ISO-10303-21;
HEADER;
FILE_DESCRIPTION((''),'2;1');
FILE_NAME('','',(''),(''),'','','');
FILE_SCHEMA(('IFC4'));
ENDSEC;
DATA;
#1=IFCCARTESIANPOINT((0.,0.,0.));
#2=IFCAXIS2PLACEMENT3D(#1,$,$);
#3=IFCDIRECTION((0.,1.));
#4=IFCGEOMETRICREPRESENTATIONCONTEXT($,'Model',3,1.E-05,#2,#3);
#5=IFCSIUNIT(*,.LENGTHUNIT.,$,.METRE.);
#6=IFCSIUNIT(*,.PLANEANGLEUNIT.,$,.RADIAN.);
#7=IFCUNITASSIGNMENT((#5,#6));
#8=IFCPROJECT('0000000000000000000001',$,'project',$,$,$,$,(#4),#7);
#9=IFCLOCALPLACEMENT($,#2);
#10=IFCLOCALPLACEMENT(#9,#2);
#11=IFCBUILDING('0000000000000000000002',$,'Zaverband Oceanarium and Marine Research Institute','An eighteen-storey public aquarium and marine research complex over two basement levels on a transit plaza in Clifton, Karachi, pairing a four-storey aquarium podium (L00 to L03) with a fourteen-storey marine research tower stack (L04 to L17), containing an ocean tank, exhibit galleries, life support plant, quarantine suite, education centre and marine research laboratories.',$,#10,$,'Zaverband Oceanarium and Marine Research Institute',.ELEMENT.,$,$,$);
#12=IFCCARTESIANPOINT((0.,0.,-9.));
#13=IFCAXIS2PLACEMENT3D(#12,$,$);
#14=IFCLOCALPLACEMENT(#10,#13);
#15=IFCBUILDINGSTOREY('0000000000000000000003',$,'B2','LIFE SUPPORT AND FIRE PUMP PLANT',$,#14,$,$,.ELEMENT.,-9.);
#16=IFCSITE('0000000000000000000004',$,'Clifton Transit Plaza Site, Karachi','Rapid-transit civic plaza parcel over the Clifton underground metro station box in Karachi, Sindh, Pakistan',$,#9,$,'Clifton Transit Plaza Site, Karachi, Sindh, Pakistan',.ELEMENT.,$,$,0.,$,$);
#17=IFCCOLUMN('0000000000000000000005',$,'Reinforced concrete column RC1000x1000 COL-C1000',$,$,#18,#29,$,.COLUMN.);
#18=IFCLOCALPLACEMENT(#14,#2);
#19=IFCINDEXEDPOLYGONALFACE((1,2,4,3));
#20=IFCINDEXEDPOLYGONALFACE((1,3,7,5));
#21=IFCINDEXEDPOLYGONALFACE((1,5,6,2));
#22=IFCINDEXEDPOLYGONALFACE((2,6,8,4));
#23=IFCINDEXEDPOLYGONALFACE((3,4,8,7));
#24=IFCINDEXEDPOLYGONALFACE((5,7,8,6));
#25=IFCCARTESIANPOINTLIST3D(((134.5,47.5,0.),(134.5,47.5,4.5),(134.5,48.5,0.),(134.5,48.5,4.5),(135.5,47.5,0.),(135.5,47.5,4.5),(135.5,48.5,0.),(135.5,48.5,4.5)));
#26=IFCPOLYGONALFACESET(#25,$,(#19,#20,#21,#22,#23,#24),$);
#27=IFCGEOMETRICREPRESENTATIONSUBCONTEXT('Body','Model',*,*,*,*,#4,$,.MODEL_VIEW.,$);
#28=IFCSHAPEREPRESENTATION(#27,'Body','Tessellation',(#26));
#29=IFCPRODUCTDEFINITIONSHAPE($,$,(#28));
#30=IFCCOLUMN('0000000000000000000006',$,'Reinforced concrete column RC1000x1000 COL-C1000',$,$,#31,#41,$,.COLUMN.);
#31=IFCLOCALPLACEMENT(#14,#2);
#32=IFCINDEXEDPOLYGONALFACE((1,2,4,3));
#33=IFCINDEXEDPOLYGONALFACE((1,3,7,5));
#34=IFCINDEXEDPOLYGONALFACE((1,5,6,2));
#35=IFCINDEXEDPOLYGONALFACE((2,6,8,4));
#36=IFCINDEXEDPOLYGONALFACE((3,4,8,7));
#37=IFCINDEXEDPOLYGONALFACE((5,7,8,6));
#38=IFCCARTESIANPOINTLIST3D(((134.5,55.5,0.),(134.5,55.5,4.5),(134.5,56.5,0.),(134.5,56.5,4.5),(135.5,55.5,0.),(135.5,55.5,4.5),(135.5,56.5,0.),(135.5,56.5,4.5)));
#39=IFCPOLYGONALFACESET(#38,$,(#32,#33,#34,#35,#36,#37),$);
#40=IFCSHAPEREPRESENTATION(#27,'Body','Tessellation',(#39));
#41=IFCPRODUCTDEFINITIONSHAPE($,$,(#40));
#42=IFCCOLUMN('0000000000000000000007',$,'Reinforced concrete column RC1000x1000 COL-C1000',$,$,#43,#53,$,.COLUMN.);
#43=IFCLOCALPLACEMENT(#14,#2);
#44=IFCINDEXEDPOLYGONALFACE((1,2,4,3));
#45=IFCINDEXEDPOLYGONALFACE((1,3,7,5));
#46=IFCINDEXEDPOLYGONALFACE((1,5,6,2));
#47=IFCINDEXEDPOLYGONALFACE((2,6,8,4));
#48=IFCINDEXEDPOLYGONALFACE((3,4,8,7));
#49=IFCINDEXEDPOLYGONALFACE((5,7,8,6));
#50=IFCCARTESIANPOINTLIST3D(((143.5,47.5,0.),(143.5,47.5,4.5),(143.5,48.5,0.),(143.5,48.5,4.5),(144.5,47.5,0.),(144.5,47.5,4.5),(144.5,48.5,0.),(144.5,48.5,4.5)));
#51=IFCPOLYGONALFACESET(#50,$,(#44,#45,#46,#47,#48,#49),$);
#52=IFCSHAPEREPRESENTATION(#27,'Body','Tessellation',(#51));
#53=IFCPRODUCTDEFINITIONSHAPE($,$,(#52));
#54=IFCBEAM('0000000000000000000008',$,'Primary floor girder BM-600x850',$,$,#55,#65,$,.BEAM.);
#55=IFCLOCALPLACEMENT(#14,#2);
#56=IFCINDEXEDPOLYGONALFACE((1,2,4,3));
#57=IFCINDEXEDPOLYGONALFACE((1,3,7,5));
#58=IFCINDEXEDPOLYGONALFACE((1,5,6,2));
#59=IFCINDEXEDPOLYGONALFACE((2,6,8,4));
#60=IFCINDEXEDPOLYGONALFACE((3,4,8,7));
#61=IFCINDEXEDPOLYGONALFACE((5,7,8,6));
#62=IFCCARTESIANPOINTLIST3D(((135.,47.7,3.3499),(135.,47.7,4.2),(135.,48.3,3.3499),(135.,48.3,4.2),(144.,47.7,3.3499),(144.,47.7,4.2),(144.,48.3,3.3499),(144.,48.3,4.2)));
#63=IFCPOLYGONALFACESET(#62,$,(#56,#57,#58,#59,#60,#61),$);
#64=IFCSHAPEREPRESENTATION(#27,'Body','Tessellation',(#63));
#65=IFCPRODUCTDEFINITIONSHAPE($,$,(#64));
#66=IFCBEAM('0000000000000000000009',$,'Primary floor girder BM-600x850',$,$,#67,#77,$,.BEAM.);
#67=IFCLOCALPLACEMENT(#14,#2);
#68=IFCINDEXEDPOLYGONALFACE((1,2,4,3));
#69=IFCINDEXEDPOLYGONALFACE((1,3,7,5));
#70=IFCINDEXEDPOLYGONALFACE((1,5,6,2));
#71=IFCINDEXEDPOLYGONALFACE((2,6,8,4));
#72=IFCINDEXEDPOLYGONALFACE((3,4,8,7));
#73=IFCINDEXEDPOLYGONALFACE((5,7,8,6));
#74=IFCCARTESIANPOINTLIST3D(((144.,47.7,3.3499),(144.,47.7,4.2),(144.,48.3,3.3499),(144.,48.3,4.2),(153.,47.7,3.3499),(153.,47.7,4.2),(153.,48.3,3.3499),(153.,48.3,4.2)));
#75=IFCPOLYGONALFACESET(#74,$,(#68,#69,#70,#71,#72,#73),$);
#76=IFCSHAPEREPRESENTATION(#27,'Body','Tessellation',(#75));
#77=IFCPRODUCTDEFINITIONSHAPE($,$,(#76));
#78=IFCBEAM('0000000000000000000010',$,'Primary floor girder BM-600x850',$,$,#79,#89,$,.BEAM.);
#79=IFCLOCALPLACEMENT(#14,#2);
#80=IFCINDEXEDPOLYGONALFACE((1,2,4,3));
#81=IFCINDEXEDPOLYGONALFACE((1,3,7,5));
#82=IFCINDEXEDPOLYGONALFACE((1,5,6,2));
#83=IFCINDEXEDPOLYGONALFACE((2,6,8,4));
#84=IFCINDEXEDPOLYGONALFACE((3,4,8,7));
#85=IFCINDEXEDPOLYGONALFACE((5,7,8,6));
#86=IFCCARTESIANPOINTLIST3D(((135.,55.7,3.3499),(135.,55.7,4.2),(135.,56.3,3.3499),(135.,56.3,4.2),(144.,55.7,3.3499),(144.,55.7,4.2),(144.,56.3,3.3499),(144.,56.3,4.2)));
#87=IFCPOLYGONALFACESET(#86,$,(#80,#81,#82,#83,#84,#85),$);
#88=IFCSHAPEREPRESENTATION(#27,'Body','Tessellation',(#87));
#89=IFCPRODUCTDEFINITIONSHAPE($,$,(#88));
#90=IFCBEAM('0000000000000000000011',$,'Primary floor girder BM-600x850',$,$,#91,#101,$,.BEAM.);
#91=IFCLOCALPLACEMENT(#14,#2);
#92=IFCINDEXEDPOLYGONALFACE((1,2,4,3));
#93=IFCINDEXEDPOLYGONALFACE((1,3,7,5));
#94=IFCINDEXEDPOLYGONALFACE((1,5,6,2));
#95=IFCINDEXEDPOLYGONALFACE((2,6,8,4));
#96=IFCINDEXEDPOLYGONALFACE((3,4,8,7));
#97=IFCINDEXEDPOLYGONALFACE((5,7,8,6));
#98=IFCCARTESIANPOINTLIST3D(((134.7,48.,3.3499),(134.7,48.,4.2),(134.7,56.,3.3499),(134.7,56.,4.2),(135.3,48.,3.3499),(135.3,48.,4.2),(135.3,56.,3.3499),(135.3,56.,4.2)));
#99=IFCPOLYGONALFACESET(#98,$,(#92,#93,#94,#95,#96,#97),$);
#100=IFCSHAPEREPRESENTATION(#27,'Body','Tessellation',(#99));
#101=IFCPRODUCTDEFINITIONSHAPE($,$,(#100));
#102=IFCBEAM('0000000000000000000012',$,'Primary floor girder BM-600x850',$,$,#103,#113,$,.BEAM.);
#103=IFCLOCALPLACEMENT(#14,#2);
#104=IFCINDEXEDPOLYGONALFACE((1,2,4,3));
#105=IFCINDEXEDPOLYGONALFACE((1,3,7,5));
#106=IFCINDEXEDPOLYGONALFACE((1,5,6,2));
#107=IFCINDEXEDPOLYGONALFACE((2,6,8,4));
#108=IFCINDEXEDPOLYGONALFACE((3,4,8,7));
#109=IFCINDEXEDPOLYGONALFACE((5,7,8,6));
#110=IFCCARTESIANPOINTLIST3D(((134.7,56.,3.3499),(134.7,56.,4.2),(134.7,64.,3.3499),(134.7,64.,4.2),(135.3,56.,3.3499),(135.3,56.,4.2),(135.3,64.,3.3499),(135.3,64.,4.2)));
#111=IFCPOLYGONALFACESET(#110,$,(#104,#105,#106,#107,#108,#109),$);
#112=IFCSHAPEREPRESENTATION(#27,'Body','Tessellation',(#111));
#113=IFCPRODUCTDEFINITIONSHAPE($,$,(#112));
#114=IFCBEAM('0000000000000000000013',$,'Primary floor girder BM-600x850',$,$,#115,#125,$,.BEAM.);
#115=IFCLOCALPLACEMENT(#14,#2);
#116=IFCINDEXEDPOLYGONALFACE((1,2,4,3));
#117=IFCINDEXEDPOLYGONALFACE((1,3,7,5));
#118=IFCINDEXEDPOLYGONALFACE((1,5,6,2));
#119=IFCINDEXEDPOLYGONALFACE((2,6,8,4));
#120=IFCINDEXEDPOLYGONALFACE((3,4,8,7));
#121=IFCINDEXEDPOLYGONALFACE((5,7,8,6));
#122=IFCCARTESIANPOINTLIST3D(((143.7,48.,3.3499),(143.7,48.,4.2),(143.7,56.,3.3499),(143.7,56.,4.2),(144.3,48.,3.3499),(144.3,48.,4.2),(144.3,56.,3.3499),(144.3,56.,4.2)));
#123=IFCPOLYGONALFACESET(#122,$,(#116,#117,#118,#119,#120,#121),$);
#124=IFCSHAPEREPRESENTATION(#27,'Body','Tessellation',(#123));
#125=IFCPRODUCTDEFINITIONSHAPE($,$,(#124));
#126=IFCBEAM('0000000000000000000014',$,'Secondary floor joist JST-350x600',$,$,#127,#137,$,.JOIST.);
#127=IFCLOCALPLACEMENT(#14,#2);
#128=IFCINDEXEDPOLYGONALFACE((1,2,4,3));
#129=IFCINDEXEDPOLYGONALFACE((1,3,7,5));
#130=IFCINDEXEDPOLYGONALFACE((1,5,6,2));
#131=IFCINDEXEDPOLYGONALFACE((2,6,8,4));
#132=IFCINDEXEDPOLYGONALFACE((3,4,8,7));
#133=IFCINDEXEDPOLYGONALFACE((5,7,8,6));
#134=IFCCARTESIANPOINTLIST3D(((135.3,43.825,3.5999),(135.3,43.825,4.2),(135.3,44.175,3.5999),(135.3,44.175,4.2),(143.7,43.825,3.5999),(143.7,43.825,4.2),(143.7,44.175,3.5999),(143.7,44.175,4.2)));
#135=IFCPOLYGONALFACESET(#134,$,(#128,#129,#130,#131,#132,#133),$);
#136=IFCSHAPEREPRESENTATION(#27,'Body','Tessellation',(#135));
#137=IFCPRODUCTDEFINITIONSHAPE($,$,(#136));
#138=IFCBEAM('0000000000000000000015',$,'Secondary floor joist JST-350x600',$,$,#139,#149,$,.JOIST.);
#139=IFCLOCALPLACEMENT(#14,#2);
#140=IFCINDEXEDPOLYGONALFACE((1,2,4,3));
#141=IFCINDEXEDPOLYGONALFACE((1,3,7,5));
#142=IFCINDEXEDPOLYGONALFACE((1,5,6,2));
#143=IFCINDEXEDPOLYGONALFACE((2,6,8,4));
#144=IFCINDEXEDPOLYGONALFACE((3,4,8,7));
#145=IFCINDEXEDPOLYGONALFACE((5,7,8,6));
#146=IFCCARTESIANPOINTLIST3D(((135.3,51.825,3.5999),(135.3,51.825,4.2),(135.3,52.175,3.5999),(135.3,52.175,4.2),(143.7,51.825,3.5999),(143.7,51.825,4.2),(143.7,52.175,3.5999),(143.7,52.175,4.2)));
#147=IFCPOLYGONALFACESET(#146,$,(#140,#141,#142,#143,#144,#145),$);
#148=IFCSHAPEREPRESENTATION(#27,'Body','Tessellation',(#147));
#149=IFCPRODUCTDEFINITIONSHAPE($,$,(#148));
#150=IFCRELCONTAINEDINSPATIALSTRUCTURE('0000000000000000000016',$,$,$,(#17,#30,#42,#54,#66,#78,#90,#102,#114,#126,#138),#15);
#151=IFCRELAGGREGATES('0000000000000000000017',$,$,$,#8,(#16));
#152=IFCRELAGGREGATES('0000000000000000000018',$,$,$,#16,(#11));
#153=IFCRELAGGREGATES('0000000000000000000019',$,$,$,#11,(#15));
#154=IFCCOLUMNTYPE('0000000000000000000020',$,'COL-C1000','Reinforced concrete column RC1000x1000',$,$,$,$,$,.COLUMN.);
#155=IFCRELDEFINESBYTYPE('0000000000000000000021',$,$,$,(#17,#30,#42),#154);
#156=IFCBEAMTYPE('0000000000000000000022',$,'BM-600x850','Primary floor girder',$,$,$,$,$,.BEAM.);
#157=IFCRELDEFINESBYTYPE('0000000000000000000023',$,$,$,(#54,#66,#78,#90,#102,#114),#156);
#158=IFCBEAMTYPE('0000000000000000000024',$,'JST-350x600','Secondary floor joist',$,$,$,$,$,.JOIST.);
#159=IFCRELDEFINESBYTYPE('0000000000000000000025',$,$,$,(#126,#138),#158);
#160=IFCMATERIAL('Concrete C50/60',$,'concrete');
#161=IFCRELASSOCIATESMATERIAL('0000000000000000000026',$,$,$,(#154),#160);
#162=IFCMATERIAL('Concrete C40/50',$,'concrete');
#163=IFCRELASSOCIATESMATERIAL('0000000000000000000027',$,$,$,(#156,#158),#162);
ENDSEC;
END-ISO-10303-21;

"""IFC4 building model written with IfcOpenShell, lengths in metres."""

from ifc_helpers import new_model, si_unit, direction, frame, origin, origin_2d, place, context, subcontext, project, spatial, rectangle, extrude, material, material_profile, profile_set, type_object, element, save


model = new_model("IFC4")

# Units and contexts
model_context = context("Model", 3, precision=1e-05, world=origin(), true_north=direction((0.0, 1.0)))
body_context = subcontext(model_context, "Body", "Model", "MODEL_VIEW")
ifc_project = project(units=[si_unit("LENGTHUNIT", "METRE"), si_unit("PLANEANGLEUNIT", "RADIAN")], contexts=[model_context])

# Site, building, storey
site_placement = place(None, origin())
site = spatial("IfcSite", under=ifc_project, at=site_placement, Name="Clifton Transit Plaza Site, Karachi", Description="Rapid-transit civic plaza parcel over the Clifton underground metro station box in Karachi, Sindh, Pakistan", LongName="Clifton Transit Plaza Site, Karachi, Sindh, Pakistan", CompositionType="ELEMENT", RefElevation=0.0)
building_placement = place(site_placement, origin())
building = spatial("IfcBuilding", under=site, at=building_placement, Name="Zaverband Oceanarium and Marine Research Institute", Description="An eighteen-storey public aquarium and marine research complex over two basement levels on a transit plaza in Clifton, Karachi, pairing a four-storey aquarium podium (L00 to L03) with a fourteen-storey marine research tower stack (L04 to L17), containing an ocean tank, exhibit galleries, life support plant, quarantine suite, education centre and marine research laboratories.", LongName="Zaverband Oceanarium and Marine Research Institute", CompositionType="ELEMENT")
storey_placement = place(building_placement, frame((0.0, 0.0, -9.0)))
storey = spatial("IfcBuildingStorey", under=building, at=storey_placement, Name="B2", Description="LIFE SUPPORT AND FIRE PUMP PLANT", CompositionType="ELEMENT", Elevation=-9.0)

# Shared definitions
ifc_material_1 = material(Name="Concrete C50/60", Category="concrete")

# Columns
ifc_material_profile_1 = material_profile(ifc_material_1, rectangle(XDim=1.0, YDim=1.0, at=origin_2d()), Name="RC1000x1000")
ifc_profile_set_1 = profile_set([ifc_material_profile_1], Name="Concrete C50/60")
column_type = type_object("IfcColumnType", Name="COL-C1000", Description="Reinforced concrete column RC1000x1000", PredefinedType="COLUMN", material=ifc_profile_set_1)
for number, where, z_axis, x_axis, name in (
    (1, (135.0, 48.0, 0.0), (0.0, 0.0, 1.0), (1.0, 0.0, 0.0), "Reinforced concrete column RC1000x1000 COL-C1000"),
    (2, (135.0, 56.0, 0.0), (0.0, 0.0, 1.0), (1.0, 0.0, 0.0), "Reinforced concrete column RC1000x1000 COL-C1000"),
    (3, (144.0, 48.0, 0.0), (0.0, 0.0, 1.0), (1.0, 0.0, 0.0), "Reinforced concrete column RC1000x1000 COL-C1000"),
):
    element("IfcColumn", number, at=place(storey_placement, frame(where, z_axis=z_axis, x_axis=x_axis)), inside=storey, type_object=column_type, Name=name, PredefinedType="COLUMN", context=body_context, shape_type="SweptSolid", body=[
        extrude(rectangle(XDim=1.0, YDim=1.0, at=origin_2d()), origin(), (0.0, 0.0, 1.0), 4.5),
    ])

# Beams
ifc_material_2 = material(Name="Concrete C40/50", Category="concrete")
ifc_material_profile_2 = material_profile(ifc_material_2, rectangle(XDim=0.6001, YDim=0.8501, at=origin_2d()), Name="RC600x850")
ifc_profile_set_2 = profile_set([ifc_material_profile_2], Name="Concrete C40/50")
beam_type_1 = type_object("IfcBeamType", Name="BM-600x850", Description="Primary floor girder", PredefinedType="BEAM", material=ifc_profile_set_2)
for number, where, z_axis, x_axis, name in (
    (4, (135.0, 48.0, 3.7749), (1.0, 0.0, 0.0), (0.0, 1.0, 0.0), "Primary floor girder BM-600x850"),
    (5, (144.0, 48.0, 3.7749), (1.0, 0.0, 0.0), (0.0, 1.0, 0.0), "Primary floor girder BM-600x850"),
    (6, (135.0, 56.0, 3.7749), (1.0, 0.0, 0.0), (0.0, 1.0, 0.0), "Primary floor girder BM-600x850"),
):
    element("IfcBeam", number, at=place(storey_placement, frame(where, z_axis=z_axis, x_axis=x_axis)), inside=storey, type_object=beam_type_1, Name=name, PredefinedType="BEAM", context=body_context, shape_type="SweptSolid", body=[
        extrude(rectangle(XDim=0.6001, YDim=0.8501, at=origin_2d()), origin(), (0.0, 0.0, 1.0), 9.0),
    ])
for number, where, z_axis, x_axis, name in (
    (7, (135.0, 48.0, 3.7749), (0.0, 1.0, 0.0), (-1.0, 0.0, 0.0), "Primary floor girder BM-600x850"),
    (8, (135.0, 56.0, 3.7749), (0.0, 1.0, 0.0), (-1.0, 0.0, 0.0), "Primary floor girder BM-600x850"),
    (9, (144.0, 48.0, 3.7749), (0.0, 1.0, 0.0), (-1.0, 0.0, 0.0), "Primary floor girder BM-600x850"),
):
    element("IfcBeam", number, at=place(storey_placement, frame(where, z_axis=z_axis, x_axis=x_axis)), inside=storey, type_object=beam_type_1, Name=name, PredefinedType="BEAM", context=body_context, shape_type="SweptSolid", body=[
        extrude(rectangle(XDim=0.6001, YDim=0.8501, at=origin_2d()), origin(), (0.0, 0.0, 1.0), 8.0),
    ])
ifc_material_profile_3 = material_profile(ifc_material_2, rectangle(XDim=0.3501, YDim=0.6001, at=origin_2d()), Name="RC350x600")
ifc_profile_set_3 = profile_set([ifc_material_profile_3], Name="Concrete C40/50")
beam_type_2 = type_object("IfcBeamType", Name="JST-350x600", Description="Secondary floor joist", PredefinedType="JOIST", material=ifc_profile_set_3)
for number, where, z_axis, x_axis, name in (
    (10, (135.3, 44.0, 3.8999), (1.0, 0.0, 0.0), (0.0, 1.0, 0.0), "Secondary floor joist JST-350x600"),
    (11, (135.3, 52.0, 3.8999), (1.0, 0.0, 0.0), (0.0, 1.0, 0.0), "Secondary floor joist JST-350x600"),
):
    element("IfcBeam", number, at=place(storey_placement, frame(where, z_axis=z_axis, x_axis=x_axis)), inside=storey, type_object=beam_type_2, Name=name, PredefinedType="JOIST", context=body_context, shape_type="SweptSolid", body=[
        extrude(rectangle(XDim=0.3501, YDim=0.6001, at=origin_2d()), origin(), (0.0, 0.0, 1.0), 8.3999),
    ])

save(model, "model.ifc")
